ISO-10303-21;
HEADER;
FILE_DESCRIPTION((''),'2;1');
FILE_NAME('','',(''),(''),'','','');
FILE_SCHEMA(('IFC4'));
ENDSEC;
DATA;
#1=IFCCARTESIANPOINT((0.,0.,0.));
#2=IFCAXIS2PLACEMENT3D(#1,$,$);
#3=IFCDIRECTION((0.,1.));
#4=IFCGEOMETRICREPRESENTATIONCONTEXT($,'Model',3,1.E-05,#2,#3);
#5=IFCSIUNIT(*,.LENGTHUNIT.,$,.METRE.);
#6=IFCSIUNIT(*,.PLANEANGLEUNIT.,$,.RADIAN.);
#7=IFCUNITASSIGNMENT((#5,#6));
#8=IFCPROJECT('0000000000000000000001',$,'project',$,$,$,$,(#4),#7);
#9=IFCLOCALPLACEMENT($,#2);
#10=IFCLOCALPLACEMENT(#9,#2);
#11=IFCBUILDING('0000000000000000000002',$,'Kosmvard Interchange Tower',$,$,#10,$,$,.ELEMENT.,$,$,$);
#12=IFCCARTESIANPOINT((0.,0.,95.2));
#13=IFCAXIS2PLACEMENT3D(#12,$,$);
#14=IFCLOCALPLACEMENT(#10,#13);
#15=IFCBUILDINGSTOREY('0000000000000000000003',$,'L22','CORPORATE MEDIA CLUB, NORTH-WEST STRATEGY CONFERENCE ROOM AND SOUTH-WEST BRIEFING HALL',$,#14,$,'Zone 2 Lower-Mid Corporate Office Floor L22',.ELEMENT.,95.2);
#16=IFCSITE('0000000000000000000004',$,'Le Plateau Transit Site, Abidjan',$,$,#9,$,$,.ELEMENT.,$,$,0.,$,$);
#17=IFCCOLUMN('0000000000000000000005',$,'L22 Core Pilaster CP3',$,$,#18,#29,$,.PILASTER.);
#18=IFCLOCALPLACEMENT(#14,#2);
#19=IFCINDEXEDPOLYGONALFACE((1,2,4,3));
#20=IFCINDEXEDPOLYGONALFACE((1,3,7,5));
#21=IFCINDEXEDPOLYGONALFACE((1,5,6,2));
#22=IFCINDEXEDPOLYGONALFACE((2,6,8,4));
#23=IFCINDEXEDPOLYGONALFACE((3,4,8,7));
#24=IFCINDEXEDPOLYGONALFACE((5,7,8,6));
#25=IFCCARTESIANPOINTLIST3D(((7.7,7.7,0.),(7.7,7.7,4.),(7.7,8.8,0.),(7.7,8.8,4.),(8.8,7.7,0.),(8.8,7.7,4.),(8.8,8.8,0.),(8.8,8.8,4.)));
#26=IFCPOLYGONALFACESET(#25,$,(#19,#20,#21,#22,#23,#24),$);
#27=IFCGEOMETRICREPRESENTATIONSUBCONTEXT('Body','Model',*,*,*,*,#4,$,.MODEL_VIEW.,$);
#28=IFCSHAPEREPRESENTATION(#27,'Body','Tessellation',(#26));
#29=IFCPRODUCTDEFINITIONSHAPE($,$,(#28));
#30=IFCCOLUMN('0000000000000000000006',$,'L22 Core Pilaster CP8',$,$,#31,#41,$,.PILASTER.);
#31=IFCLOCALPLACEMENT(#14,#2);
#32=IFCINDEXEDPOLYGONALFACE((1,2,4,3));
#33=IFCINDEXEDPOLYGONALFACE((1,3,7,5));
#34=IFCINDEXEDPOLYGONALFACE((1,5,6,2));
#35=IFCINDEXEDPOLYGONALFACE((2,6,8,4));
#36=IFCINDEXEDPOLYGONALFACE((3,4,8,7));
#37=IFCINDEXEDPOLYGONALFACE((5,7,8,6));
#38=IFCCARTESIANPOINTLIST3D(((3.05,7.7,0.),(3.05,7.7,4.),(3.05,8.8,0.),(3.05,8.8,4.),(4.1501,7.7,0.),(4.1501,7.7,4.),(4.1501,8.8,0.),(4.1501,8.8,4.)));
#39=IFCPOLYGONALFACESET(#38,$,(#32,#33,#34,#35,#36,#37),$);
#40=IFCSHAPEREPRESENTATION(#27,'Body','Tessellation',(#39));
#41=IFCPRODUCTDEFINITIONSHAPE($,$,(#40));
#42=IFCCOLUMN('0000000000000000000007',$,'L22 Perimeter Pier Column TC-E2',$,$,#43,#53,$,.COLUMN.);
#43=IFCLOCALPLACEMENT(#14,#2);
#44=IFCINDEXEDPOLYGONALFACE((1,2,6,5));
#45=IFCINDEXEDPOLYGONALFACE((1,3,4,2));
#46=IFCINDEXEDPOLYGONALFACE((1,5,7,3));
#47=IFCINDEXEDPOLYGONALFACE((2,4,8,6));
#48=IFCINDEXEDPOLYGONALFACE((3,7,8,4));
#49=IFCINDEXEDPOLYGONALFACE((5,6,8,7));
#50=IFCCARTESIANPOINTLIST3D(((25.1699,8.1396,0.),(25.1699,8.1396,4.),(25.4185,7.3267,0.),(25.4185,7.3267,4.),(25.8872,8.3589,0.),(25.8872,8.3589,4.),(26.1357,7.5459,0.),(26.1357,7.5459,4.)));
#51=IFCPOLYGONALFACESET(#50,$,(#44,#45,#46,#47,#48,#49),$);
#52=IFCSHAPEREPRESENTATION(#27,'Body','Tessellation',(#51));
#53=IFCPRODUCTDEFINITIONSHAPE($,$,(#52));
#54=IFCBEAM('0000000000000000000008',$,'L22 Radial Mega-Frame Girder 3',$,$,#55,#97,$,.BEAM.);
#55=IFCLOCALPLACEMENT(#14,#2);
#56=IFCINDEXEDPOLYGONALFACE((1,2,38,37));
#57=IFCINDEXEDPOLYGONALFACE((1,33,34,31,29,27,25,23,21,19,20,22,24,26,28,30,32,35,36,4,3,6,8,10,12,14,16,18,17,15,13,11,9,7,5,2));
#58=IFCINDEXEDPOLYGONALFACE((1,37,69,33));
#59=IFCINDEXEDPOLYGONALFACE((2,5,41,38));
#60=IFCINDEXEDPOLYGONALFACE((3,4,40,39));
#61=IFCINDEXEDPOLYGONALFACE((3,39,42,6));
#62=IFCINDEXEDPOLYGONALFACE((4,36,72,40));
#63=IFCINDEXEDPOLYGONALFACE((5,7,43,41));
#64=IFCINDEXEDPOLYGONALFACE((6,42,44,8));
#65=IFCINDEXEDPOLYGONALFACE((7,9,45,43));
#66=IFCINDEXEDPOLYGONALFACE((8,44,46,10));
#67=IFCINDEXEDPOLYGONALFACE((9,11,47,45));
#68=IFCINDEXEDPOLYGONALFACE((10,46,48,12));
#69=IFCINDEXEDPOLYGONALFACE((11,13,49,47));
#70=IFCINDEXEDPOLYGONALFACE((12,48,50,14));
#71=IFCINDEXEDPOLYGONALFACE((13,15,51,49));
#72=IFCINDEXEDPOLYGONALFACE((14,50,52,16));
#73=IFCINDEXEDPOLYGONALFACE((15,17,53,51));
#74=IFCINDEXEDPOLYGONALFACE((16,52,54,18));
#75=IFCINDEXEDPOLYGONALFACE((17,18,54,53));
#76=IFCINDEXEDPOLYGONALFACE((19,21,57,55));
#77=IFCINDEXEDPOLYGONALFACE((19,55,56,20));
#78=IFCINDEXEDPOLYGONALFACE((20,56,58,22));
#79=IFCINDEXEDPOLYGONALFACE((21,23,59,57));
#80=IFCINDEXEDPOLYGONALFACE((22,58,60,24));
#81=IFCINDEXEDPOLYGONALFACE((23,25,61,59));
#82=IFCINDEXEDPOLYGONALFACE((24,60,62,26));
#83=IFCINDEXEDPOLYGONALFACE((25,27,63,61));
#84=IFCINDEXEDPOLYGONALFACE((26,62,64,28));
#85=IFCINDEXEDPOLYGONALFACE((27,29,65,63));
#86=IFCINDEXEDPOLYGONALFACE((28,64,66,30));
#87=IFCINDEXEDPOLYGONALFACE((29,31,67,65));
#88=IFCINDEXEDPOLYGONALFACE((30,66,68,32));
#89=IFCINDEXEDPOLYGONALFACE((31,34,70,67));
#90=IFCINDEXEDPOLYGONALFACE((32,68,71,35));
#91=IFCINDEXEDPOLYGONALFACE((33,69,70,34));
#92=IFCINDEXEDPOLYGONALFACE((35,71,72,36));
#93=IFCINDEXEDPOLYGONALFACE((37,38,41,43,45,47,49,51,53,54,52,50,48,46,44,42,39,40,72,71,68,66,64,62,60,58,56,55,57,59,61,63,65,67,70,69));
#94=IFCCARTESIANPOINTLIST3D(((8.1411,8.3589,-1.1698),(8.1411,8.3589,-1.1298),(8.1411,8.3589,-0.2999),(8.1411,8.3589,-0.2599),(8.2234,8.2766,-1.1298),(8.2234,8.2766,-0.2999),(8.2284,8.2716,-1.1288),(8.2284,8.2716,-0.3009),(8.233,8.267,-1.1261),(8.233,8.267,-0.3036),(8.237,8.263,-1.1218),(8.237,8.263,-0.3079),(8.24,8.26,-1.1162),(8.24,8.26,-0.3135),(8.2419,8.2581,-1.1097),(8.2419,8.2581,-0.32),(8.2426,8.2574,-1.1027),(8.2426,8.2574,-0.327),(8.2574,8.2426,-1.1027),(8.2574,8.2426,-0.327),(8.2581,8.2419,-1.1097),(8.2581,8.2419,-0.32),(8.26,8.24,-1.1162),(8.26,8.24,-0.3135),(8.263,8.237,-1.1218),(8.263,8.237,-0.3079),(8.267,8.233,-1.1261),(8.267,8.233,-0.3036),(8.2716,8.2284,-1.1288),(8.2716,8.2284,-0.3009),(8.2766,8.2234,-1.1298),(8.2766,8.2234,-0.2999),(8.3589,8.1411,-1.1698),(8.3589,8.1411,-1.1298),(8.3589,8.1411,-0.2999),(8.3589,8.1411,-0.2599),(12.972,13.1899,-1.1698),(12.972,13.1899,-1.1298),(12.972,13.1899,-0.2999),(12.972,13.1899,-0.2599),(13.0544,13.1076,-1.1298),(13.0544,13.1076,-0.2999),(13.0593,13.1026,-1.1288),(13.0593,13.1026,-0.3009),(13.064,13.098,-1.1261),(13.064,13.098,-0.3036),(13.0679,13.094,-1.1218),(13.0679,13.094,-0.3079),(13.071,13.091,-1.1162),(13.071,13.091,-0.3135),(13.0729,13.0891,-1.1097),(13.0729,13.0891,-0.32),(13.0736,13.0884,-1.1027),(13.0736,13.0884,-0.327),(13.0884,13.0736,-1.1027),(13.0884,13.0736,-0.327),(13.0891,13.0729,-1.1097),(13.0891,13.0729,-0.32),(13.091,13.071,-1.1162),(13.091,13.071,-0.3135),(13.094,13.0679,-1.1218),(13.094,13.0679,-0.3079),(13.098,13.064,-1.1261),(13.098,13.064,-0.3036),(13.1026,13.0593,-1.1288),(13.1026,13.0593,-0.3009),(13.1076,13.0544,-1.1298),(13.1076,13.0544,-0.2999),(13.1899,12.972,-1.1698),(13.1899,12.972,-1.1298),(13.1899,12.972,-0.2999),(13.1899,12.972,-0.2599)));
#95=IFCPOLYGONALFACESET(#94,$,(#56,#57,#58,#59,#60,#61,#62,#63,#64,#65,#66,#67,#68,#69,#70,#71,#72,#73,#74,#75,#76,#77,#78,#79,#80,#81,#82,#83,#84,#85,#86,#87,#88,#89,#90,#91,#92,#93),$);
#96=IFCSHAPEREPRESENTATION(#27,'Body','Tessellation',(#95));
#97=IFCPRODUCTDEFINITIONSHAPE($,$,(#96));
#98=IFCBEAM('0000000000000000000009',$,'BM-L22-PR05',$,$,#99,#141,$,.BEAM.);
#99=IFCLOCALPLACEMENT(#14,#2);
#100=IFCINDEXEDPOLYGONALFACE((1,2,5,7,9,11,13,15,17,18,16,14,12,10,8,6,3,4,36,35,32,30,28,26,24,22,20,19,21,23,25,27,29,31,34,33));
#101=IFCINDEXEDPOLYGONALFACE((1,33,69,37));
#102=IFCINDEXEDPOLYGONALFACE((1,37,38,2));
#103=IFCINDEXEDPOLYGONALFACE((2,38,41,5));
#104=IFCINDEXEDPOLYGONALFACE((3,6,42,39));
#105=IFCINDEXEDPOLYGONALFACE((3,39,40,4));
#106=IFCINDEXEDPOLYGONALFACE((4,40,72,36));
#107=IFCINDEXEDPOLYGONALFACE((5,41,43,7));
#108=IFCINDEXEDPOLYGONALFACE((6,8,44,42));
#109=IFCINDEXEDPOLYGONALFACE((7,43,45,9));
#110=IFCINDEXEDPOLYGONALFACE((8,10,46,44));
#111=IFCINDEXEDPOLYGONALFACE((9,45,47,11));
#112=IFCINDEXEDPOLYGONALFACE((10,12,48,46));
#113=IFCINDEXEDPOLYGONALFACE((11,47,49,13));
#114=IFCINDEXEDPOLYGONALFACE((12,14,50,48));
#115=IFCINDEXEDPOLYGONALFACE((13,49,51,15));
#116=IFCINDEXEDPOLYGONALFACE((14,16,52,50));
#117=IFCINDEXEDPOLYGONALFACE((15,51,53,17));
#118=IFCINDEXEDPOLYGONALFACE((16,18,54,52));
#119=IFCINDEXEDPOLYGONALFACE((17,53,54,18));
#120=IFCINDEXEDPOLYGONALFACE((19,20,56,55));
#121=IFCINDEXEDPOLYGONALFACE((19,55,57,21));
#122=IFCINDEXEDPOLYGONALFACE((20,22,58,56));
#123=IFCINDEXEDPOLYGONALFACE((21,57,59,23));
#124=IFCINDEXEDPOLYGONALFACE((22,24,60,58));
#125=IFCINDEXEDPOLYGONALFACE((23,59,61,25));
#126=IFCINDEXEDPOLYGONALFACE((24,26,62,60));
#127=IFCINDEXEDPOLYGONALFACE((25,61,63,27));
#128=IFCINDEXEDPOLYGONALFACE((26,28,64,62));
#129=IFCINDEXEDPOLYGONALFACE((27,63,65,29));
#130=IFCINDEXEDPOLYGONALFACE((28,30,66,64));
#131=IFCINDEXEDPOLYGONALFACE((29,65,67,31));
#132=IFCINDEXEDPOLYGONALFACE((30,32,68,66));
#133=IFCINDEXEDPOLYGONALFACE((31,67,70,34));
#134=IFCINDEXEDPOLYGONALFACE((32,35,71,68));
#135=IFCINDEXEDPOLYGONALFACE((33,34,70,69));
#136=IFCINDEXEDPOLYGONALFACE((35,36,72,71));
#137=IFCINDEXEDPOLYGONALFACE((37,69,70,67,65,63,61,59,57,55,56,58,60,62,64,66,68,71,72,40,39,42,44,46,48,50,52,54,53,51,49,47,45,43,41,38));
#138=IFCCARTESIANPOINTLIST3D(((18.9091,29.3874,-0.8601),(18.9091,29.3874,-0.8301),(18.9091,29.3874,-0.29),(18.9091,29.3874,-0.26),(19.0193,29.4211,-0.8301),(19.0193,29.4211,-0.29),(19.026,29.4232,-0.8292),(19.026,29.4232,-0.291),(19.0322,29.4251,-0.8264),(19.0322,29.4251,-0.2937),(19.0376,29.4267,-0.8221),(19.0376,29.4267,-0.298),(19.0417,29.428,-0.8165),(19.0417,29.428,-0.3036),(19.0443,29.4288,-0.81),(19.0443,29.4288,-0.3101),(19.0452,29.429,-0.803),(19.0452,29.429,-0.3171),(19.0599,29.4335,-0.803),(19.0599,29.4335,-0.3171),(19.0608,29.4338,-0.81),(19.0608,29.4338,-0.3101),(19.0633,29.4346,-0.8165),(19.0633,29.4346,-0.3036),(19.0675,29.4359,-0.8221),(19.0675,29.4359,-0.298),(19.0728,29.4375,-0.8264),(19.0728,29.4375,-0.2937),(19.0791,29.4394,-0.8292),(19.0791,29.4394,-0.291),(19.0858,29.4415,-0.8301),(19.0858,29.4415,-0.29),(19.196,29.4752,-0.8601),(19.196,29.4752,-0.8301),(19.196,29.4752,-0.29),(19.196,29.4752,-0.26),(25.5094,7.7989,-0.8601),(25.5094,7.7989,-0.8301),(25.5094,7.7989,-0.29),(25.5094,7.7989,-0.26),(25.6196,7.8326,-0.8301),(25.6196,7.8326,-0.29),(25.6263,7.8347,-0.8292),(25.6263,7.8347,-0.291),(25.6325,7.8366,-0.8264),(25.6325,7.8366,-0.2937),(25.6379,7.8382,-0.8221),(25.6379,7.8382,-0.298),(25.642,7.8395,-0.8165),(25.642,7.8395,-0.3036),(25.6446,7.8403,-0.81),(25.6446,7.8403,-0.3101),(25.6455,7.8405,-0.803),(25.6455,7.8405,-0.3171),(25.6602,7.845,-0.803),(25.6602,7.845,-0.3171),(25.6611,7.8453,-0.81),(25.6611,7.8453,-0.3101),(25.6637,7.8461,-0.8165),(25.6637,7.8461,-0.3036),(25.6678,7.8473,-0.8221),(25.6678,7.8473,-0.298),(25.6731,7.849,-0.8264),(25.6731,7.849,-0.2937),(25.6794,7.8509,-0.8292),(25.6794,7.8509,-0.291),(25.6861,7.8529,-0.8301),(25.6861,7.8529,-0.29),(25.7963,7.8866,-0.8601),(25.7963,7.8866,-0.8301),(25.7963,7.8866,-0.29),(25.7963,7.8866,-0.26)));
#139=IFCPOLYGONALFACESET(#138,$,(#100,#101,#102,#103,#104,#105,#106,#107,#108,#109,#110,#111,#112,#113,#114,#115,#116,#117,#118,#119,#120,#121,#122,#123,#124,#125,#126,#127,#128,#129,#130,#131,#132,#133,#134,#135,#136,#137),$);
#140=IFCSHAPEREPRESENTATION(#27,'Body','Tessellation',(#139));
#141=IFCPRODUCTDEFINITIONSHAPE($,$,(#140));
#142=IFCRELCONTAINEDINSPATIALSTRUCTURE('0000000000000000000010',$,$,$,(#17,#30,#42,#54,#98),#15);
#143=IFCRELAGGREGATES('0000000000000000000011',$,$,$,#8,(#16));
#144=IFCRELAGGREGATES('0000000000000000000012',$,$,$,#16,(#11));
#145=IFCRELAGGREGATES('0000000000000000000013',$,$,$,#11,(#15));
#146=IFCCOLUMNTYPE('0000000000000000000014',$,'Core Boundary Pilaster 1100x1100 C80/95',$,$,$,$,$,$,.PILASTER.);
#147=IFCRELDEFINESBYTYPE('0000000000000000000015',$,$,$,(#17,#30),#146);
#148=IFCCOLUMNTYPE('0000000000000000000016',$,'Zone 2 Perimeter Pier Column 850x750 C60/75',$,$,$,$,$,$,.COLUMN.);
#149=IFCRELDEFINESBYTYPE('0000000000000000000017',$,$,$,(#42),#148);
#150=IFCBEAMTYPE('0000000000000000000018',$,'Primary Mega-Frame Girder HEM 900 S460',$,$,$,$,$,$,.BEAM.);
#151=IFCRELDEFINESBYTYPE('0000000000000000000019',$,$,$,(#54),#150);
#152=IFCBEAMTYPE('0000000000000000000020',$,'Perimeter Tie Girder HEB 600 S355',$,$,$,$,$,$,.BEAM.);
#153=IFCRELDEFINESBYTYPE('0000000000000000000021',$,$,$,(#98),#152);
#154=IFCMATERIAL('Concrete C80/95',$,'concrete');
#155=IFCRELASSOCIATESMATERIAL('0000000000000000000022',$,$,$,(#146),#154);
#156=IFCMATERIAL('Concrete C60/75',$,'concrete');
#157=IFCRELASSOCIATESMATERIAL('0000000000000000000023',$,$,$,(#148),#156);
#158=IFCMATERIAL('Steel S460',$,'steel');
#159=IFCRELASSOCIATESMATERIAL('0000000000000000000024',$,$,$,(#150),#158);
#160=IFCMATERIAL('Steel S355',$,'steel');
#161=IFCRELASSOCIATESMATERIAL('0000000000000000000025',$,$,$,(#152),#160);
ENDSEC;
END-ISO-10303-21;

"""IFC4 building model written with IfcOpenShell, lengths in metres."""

from ifc_helpers import new_model, si_unit, direction, frame, origin, origin_2d, place, context, subcontext, project, spatial, rectangle, i_section, extrude, source, transform, mapped, material, material_profile, profile_set, type_object, element, save


model = new_model("IFC4")

# Units and contexts
model_context = context("Model", 3, precision=1e-05, world=origin(), true_north=direction((0.0, 1.0)))
body_context = subcontext(model_context, "Body", "Model", "MODEL_VIEW")
ifc_project = project(units=[si_unit("LENGTHUNIT", "METRE"), si_unit("PLANEANGLEUNIT", "RADIAN")], contexts=[model_context])

# Site, building, storey
site_placement = place(None, origin())
site = spatial("IfcSite", under=ifc_project, at=site_placement, Name="Le Plateau Transit Site, Abidjan", CompositionType="ELEMENT", RefElevation=0.0)
building_placement = place(site_placement, origin())
building = spatial("IfcBuilding", under=site, at=building_placement, Name="Kosmvard Interchange Tower", CompositionType="ELEMENT")
storey_placement = place(building_placement, frame((0.0, 0.0, 95.2)))
storey = spatial("IfcBuildingStorey", under=building, at=storey_placement, Name="L22", Description="CORPORATE MEDIA CLUB, NORTH-WEST STRATEGY CONFERENCE ROOM AND SOUTH-WEST BRIEFING HALL", LongName="Zone 2 Lower-Mid Corporate Office Floor L22", CompositionType="ELEMENT", Elevation=95.2)

# Columns
ifc_material_1 = material(Name="Concrete C80/95", Category="concrete")
ifc_material_profile_1 = material_profile(ifc_material_1, rectangle(XDim=1.1001, YDim=1.1001, at=origin_2d()), Name="CP 1100x1100")
ifc_profile_set_1 = profile_set([ifc_material_profile_1], Name="Concrete C80/95")
column_type_1 = type_object("IfcColumnType", Name="Core Boundary Pilaster 1100x1100 C80/95", PredefinedType="PILASTER", material=ifc_profile_set_1)
shared_shape_1 = source(origin(), body_context, "Body", "SweptSolid", [
    extrude(rectangle(XDim=1.1001, YDim=1.1001, at=origin_2d()), origin(), (0.0, 0.0, 1.0), 4.0),
])
for number, where, z_axis, x_axis, name in (
    (1, (8.25, 8.25, 0.0), (0.0, 0.0, 1.0), (1.0, 0.0, 0.0), "L22 Core Pilaster CP3"),
    (2, (3.6001, 8.25, 0.0), (0.0, 0.0, 1.0), (1.0, 0.0, 0.0), "L22 Core Pilaster CP8"),
):
    element("IfcColumn", number, at=place(storey_placement, frame(where, z_axis=z_axis, x_axis=x_axis)), inside=storey, type_object=column_type_1, Name=name, PredefinedType="PILASTER", context=body_context, shape_type="MappedRepresentation", body=[
        mapped(shared_shape_1, transform((0.0, 0.0, 0.0), scale=1.0)),
    ])
ifc_material_2 = material(Name="Concrete C60/75", Category="concrete")
ifc_material_profile_2 = material_profile(ifc_material_2, rectangle(XDim=0.75, YDim=0.8501, at=origin_2d()), Name="TC 850x750")
ifc_profile_set_2 = profile_set([ifc_material_profile_2], Name="Concrete C60/75")
column_type_2 = type_object("IfcColumnType", Name="Zone 2 Perimeter Pier Column 850x750 C60/75", PredefinedType="COLUMN", material=ifc_profile_set_2)
shared_shape_2 = source(origin(), body_context, "Body", "SweptSolid", [
    extrude(rectangle(XDim=0.75, YDim=0.8501, at=origin_2d()), origin(), (0.0, 0.0, 1.0), 4.0),
])
column_placement = place(storey_placement, frame((25.6528, 7.8428, 0.0), z_axis=(0.0, 0.0, 1.0), x_axis=(0.956305, 0.292372, 0.0)))
element("IfcColumn", 3, at=column_placement, inside=storey, type_object=column_type_2, Name="L22 Perimeter Pier Column TC-E2", PredefinedType="COLUMN", context=body_context, shape_type="MappedRepresentation", body=[
    mapped(shared_shape_2, transform((0.0, 0.0, 0.0), scale=1.0)),
])

# Beams
ifc_material_3 = material(Name="Steel S460", Category="steel")
ifc_material_profile_3 = material_profile(ifc_material_3, i_section(OverallWidth=0.3081, OverallDepth=0.9099, WebThickness=0.021, FlangeThickness=0.04, FilletRadius=0.0271, at=origin_2d()), Name="HEM 900")
ifc_profile_set_3 = profile_set([ifc_material_profile_3], Name="Steel S460")
beam_type_1 = type_object("IfcBeamType", Name="Primary Mega-Frame Girder HEM 900 S460", PredefinedType="BEAM", material=ifc_profile_set_3)
shared_shape_3 = source(origin(), body_context, "Body", "SweptSolid", [
    extrude(i_section(OverallWidth=0.3081, OverallDepth=0.9099, WebThickness=0.021, FlangeThickness=0.04, FilletRadius=0.0271, at=origin_2d()), origin(), (0.0, 0.0, 1.0), 6.832),
])
beam_1_placement = place(storey_placement, frame((8.25, 8.25, -0.7148), z_axis=(0.707107, 0.707107, 0.0), x_axis=(-0.707107, 0.707107, 0.0)))
element("IfcBeam", 4, at=beam_1_placement, inside=storey, type_object=beam_type_1, Name="L22 Radial Mega-Frame Girder 3", PredefinedType="BEAM", context=body_context, shape_type="MappedRepresentation", body=[
    mapped(shared_shape_3, transform((0.0, 0.0, 0.0), scale=1.0)),
])
ifc_material_4 = material(Name="Steel S355", Category="steel")
ifc_material_profile_4 = material_profile(ifc_material_4, i_section(OverallWidth=0.3, OverallDepth=0.6001, WebThickness=0.0154, FlangeThickness=0.03, FilletRadius=0.0271, at=origin_2d()), Name="HEB 600")
ifc_profile_set_4 = profile_set([ifc_material_profile_4], Name="Steel S355")
beam_type_2 = type_object("IfcBeamType", Name="Perimeter Tie Girder HEB 600 S355", PredefinedType="BEAM", material=ifc_profile_set_4)
shared_shape_4 = source(origin(), body_context, "Body", "SweptSolid", [
    extrude(i_section(OverallWidth=0.3, OverallDepth=0.6001, WebThickness=0.0154, FlangeThickness=0.03, FilletRadius=0.0271, at=origin_2d()), origin(), (0.0, 0.0, 1.0), 22.575),
])
beam_2_placement = place(storey_placement, frame((25.6528, 7.8428, -0.5601), z_axis=(-0.292373, 0.956304, 0.0), x_axis=(-0.956304, -0.292373, 0.0)))
element("IfcBeam", 5, at=beam_2_placement, inside=storey, type_object=beam_type_2, Name="BM-L22-PR05", PredefinedType="BEAM", context=body_context, shape_type="MappedRepresentation", body=[
    mapped(shared_shape_4, transform((0.0, 0.0, 0.0), scale=1.0)),
])

save(model, "model.ifc")
